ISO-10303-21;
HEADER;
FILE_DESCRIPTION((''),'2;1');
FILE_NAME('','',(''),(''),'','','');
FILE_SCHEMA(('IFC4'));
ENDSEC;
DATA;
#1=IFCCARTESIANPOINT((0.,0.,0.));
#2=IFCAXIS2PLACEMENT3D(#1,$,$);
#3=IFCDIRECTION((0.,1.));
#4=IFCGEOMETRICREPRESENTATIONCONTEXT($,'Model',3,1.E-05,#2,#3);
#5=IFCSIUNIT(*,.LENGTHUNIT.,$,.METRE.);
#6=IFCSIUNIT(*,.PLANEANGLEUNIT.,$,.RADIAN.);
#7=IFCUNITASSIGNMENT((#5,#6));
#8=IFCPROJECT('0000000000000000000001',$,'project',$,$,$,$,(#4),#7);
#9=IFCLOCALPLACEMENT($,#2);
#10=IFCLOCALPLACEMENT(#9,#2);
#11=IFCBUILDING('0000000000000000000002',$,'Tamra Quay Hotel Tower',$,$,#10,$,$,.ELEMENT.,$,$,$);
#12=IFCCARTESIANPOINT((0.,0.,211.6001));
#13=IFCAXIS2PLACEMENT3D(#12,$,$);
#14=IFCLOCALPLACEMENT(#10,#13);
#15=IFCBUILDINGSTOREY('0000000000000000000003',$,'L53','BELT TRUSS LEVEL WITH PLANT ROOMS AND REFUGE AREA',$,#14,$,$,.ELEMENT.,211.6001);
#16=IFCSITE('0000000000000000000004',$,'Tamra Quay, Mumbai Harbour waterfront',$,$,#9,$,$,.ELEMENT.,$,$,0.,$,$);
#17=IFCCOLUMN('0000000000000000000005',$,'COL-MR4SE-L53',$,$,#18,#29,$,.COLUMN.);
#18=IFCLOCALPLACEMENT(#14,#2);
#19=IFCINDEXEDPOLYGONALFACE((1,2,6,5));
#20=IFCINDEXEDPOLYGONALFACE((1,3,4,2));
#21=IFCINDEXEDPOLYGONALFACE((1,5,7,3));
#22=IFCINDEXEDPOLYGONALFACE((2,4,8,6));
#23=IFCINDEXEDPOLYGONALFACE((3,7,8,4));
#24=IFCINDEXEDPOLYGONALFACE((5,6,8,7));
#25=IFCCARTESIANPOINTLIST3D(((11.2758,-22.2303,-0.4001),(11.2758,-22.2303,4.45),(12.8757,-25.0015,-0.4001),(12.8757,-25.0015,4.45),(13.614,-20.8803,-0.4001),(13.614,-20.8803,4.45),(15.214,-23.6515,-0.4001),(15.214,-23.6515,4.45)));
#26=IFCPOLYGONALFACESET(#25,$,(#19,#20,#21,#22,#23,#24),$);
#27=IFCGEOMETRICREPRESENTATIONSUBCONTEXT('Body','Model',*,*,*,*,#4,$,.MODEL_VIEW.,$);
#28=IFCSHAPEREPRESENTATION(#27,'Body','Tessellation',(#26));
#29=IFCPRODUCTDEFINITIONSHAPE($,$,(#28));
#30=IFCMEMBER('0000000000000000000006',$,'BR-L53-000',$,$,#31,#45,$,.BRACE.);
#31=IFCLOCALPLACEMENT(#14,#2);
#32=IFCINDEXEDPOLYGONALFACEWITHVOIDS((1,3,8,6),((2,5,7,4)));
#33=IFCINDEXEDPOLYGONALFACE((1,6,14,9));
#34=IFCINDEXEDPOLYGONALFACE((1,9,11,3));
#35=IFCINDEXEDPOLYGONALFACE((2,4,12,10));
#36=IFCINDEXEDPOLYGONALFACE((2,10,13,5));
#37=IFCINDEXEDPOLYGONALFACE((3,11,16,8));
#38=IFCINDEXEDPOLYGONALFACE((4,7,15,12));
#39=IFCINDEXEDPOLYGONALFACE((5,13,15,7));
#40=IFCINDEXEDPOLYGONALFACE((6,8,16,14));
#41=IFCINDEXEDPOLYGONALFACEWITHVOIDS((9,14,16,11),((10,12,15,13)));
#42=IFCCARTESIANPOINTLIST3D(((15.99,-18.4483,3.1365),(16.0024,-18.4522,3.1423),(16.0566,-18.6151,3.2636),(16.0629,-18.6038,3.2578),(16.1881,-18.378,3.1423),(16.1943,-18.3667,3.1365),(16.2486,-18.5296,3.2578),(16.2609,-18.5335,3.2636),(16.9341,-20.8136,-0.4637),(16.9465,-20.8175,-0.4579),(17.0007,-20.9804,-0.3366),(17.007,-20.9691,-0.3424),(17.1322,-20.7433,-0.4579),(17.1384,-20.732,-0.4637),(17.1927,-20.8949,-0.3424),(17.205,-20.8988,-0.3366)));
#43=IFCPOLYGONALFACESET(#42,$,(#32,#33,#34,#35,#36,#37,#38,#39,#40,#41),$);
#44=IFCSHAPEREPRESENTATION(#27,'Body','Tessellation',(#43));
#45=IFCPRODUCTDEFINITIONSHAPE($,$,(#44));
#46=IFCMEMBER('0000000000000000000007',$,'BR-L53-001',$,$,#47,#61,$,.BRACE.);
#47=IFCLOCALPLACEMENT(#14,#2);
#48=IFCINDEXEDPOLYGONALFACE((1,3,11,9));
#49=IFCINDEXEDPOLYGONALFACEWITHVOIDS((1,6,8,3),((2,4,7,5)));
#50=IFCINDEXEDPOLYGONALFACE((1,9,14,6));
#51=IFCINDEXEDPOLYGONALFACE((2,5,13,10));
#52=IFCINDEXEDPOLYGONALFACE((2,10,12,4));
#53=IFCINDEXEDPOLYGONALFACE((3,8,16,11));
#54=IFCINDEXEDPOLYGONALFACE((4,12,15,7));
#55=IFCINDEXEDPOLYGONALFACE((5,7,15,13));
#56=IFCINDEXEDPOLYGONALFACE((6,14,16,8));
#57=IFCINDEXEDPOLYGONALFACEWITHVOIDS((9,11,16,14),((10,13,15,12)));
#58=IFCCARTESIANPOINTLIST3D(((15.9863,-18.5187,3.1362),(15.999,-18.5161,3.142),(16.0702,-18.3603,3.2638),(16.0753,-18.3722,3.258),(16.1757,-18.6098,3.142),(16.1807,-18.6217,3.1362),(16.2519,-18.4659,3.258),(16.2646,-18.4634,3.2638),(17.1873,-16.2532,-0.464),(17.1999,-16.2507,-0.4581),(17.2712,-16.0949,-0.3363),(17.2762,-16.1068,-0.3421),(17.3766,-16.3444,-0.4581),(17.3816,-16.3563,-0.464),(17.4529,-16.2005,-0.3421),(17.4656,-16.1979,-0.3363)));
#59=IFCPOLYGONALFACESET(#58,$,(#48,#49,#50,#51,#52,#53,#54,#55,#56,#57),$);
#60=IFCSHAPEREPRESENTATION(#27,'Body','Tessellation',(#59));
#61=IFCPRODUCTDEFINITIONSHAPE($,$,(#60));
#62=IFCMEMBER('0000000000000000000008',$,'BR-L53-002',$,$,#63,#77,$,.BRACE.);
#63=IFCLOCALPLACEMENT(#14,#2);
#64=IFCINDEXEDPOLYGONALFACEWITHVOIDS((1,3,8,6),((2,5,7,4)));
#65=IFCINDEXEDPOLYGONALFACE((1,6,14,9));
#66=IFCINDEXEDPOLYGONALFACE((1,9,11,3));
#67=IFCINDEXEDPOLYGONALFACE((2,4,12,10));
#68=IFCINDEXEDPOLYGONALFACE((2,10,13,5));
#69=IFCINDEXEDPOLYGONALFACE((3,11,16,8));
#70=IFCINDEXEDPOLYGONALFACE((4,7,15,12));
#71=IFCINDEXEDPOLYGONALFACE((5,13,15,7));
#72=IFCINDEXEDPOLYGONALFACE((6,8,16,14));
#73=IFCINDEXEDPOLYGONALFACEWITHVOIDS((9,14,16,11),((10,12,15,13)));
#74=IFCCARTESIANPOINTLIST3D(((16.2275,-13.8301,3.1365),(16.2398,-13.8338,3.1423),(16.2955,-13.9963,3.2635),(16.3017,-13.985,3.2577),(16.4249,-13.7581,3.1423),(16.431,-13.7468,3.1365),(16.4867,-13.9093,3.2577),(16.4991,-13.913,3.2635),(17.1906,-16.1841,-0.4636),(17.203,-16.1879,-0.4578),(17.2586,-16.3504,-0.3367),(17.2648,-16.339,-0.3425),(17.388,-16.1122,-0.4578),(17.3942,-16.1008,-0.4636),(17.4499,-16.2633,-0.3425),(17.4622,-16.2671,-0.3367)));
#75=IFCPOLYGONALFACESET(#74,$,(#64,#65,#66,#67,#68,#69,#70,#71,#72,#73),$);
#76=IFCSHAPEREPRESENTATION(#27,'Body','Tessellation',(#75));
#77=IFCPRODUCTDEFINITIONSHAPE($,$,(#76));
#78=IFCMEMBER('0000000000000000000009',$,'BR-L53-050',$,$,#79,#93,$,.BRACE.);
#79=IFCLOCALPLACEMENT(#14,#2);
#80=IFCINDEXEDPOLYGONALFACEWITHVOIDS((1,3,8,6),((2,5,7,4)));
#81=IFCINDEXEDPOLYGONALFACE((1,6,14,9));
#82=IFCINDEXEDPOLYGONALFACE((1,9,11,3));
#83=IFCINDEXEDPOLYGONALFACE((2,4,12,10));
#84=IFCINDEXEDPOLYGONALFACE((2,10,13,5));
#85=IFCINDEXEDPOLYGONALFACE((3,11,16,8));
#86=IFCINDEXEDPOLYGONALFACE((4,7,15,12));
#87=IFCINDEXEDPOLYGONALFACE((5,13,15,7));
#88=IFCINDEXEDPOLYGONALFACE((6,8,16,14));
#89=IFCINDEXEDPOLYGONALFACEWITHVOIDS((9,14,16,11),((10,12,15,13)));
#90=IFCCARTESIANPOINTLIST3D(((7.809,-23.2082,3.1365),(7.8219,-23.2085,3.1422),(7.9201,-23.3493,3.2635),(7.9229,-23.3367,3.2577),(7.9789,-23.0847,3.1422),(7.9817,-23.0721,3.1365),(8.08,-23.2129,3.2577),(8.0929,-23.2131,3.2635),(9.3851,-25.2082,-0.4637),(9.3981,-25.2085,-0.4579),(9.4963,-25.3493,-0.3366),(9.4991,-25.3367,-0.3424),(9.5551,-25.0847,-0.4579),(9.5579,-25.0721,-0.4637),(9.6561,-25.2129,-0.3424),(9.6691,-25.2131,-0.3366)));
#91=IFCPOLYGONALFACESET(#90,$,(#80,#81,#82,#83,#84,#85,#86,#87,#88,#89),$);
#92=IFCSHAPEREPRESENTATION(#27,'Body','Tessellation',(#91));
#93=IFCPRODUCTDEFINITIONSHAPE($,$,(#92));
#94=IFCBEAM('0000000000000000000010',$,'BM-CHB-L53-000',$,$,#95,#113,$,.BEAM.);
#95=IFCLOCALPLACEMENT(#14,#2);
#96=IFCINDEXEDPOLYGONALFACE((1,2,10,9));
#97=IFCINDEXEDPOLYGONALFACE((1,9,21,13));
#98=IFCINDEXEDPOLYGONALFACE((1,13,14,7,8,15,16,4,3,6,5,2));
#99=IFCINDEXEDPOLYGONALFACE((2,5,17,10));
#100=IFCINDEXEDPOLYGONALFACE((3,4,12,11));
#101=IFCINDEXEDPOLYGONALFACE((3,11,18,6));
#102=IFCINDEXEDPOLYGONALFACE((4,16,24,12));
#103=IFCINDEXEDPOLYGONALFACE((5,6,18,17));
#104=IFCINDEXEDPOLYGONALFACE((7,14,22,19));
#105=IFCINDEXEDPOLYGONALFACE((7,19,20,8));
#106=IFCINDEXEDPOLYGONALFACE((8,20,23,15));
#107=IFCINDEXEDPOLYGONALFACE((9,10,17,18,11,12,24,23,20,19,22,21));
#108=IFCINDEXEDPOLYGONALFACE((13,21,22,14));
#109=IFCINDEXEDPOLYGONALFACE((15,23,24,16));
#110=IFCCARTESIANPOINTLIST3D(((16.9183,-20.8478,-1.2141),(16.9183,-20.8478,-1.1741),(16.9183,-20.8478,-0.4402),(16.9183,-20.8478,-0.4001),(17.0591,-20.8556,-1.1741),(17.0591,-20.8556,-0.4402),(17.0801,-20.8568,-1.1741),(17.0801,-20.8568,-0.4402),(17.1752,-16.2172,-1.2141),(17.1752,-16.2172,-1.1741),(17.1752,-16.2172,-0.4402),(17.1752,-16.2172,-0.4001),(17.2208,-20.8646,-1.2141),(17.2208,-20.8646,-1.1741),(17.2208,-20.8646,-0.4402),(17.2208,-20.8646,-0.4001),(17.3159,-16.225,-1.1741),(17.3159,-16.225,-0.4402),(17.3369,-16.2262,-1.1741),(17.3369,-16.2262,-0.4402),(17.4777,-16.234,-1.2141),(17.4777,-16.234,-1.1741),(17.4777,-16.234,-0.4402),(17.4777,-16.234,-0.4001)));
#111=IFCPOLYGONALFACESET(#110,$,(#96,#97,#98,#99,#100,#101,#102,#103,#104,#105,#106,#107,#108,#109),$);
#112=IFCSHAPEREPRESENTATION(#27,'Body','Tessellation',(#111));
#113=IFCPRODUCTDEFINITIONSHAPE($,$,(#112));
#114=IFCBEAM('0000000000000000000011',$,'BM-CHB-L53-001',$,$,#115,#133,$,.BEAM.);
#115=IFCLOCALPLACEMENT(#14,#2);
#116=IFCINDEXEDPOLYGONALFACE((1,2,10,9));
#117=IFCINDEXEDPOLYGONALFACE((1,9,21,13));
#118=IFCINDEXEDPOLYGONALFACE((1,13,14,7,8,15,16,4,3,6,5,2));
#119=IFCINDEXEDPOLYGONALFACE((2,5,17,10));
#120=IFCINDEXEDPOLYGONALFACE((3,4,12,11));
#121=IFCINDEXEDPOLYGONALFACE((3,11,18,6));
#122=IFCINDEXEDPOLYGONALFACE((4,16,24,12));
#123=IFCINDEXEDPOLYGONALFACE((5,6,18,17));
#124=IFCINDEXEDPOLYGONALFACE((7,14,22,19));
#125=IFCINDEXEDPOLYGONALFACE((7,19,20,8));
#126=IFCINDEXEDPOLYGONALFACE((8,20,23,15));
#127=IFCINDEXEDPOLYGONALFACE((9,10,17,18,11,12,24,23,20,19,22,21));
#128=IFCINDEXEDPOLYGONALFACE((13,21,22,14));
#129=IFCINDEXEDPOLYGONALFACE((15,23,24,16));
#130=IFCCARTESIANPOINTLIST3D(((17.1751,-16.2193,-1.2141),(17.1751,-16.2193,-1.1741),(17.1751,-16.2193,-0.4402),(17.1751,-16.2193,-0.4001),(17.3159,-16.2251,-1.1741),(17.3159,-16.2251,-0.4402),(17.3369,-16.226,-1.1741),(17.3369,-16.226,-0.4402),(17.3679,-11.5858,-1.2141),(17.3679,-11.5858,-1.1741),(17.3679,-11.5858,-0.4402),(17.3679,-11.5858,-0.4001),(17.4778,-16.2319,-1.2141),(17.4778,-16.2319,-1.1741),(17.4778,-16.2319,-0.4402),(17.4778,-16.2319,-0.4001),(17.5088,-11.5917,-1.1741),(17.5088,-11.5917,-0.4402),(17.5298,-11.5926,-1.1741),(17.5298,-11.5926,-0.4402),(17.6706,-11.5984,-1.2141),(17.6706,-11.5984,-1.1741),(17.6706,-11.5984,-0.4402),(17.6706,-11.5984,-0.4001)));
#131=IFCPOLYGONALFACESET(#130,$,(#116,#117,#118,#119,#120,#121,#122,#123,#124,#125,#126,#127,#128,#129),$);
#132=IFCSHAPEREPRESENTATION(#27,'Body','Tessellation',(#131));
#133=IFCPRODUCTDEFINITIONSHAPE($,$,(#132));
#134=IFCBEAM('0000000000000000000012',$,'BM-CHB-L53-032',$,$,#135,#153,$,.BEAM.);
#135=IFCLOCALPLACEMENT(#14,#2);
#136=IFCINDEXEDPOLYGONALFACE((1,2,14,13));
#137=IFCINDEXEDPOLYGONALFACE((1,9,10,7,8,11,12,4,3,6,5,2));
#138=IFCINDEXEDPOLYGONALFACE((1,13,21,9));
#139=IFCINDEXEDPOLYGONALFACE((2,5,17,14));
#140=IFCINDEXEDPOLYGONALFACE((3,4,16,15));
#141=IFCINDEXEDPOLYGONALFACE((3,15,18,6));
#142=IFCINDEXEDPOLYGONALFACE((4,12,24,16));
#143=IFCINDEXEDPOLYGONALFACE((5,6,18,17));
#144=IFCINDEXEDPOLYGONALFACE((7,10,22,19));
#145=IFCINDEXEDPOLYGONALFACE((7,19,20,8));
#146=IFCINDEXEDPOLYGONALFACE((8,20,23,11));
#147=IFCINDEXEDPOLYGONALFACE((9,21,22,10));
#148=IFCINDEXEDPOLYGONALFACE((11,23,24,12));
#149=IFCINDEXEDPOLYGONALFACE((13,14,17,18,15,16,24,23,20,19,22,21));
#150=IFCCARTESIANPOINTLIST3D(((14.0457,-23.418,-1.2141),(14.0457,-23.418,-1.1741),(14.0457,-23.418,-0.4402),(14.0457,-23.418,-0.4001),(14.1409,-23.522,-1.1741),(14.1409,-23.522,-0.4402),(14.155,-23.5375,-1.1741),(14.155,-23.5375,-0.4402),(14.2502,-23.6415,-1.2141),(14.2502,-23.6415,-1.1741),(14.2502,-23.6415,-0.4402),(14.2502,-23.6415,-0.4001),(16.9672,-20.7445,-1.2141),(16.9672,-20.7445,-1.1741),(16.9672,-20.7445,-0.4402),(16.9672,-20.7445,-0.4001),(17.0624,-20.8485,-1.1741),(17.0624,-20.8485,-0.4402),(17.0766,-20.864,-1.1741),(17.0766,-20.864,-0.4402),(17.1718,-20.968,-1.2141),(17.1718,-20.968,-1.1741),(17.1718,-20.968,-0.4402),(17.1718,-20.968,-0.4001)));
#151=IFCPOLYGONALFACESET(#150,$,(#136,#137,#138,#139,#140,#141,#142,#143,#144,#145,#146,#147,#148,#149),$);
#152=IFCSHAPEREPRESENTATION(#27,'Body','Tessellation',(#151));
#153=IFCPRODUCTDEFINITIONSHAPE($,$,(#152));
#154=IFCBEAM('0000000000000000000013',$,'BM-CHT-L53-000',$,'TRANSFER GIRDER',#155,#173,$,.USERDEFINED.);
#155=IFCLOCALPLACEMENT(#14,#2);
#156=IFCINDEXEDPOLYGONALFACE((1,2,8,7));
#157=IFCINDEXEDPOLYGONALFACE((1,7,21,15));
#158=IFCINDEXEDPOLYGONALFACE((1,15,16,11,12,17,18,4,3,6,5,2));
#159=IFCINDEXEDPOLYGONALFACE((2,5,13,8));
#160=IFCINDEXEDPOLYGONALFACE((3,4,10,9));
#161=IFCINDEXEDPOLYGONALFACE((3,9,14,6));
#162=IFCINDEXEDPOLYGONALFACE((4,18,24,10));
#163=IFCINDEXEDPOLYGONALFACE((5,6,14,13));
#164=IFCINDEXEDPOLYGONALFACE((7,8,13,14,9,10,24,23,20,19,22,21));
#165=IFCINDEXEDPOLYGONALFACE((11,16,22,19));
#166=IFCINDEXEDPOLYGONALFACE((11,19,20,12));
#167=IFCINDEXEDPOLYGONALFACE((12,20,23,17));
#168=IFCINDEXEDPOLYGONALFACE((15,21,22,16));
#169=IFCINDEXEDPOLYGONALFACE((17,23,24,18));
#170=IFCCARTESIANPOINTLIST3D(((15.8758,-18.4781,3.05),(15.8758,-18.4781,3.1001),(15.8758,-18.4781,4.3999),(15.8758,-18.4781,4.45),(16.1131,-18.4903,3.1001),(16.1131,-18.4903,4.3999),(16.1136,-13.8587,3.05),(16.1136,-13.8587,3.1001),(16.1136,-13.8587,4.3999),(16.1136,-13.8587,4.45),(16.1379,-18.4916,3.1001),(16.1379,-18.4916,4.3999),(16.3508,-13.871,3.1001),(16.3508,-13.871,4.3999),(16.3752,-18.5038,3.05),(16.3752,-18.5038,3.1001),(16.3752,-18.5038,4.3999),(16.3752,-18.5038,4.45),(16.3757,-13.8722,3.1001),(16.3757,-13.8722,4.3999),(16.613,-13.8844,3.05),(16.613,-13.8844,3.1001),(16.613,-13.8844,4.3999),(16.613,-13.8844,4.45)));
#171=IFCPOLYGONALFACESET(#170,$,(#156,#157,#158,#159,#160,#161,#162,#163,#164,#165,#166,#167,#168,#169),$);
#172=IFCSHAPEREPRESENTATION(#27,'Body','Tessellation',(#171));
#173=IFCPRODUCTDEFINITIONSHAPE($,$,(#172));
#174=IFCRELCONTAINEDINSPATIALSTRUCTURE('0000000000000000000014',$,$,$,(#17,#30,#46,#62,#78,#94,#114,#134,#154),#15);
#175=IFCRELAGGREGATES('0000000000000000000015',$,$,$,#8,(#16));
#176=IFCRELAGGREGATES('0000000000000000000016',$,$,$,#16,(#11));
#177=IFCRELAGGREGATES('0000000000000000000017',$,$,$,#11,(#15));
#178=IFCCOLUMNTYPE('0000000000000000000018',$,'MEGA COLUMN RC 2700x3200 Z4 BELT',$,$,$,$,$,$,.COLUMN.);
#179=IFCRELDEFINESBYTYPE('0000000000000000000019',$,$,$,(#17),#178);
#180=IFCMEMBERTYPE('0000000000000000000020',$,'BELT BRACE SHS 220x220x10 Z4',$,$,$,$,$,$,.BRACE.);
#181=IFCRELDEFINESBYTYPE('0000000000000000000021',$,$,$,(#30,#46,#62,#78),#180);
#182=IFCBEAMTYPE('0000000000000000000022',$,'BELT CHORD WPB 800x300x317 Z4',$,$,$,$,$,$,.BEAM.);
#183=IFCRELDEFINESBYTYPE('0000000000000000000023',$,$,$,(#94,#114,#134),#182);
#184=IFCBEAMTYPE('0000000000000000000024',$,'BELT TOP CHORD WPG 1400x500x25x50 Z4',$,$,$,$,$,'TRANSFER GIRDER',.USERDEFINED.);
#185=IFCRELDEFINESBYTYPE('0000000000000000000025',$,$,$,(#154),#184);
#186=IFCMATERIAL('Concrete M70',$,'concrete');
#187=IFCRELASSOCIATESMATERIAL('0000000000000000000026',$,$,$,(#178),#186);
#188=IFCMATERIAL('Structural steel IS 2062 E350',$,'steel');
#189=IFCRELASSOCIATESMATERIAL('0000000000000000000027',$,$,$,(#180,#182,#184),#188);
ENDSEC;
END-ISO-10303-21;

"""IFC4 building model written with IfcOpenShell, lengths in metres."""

from ifc_helpers import new_model, si_unit, direction, frame, origin, origin_2d, place, context, subcontext, project, spatial, rectangle, hollow_rectangle, i_section, extrude, material, material_profile, profile_set, type_object, element, save


model = new_model("IFC4")

# Units and contexts
model_context = context("Model", 3, precision=1e-05, world=origin(), true_north=direction((0.0, 1.0)))
body_context = subcontext(model_context, "Body", "Model", "MODEL_VIEW")
ifc_project = project(units=[si_unit("LENGTHUNIT", "METRE"), si_unit("PLANEANGLEUNIT", "RADIAN")], contexts=[model_context])

# Site, building, storey
site_placement = place(None, origin())
site = spatial("IfcSite", under=ifc_project, at=site_placement, Name="Tamra Quay, Mumbai Harbour waterfront", CompositionType="ELEMENT", RefElevation=0.0)
building_placement = place(site_placement, origin())
building = spatial("IfcBuilding", under=site, at=building_placement, Name="Tamra Quay Hotel Tower", CompositionType="ELEMENT")
storey_placement = place(building_placement, frame((0.0, 0.0, 211.6001)))
storey = spatial("IfcBuildingStorey", under=building, at=storey_placement, Name="L53", Description="BELT TRUSS LEVEL WITH PLANT ROOMS AND REFUGE AREA", CompositionType="ELEMENT", Elevation=211.6001)

# Column
ifc_material_1 = material(Name="Concrete M70", Category="concrete")
ifc_material_profile_1 = material_profile(ifc_material_1, rectangle(XDim=3.2, YDim=2.7, at=origin_2d()), Name="MEGA COLUMN RC 2700x3200 Z4 BELT")
ifc_profile_set_1 = profile_set([ifc_material_profile_1], Name="Concrete M70")
column_type = type_object("IfcColumnType", Name="MEGA COLUMN RC 2700x3200 Z4 BELT", PredefinedType="COLUMN", material=ifc_profile_set_1)
column_placement = place(storey_placement, frame((13.2449, -22.9409, -0.4001), z_axis=(0.0, 0.0, 1.0), x_axis=(-0.5, 0.866025, 0.0)))
element("IfcColumn", 1, at=column_placement, inside=storey, type_object=column_type, Name="COL-MR4SE-L53", PredefinedType="COLUMN", context=body_context, shape_type="SweptSolid", body=[
    extrude(rectangle(XDim=3.2, YDim=2.7, at=origin_2d()), origin(), (0.0, 0.0, 1.0), 4.8501),
])

# Members
ifc_material_2 = material(Name="Structural steel IS 2062 E350", Category="steel")
ifc_material_profile_2 = material_profile(ifc_material_2, hollow_rectangle(XDim=0.22, YDim=0.22, WallThickness=0.01, at=origin_2d()), Name="SHS 220x220x10")
ifc_profile_set_2 = profile_set([ifc_material_profile_2], Name="Structural steel IS 2062 E350")
member_type_1 = type_object("IfcMemberType", Name="BELT BRACE SHS 220x220x10 Z4", PredefinedType="BRACE", material=ifc_profile_set_2)
member_1_placement = place(storey_placement, frame((17.0696, -20.8562, -0.4001), z_axis=(-0.214089, 0.536359, 0.816385), x_axis=(-0.928748, -0.370713, 0.0)))
element("IfcMember", 2, at=member_1_placement, inside=storey, type_object=member_type_1, Name="BR-L53-000", PredefinedType="BRACE", context=body_context, shape_type="SweptSolid", body=[
    extrude(hollow_rectangle(XDim=0.22, YDim=0.22, WallThickness=0.01, at=origin_2d()), origin(), (0.0, 0.0, 1.0), 4.4099),
])
member_2_placement = place(storey_placement, frame((17.3264, -16.2256, -0.4001), z_axis=(-0.271714, -0.51255, 0.814533), x_axis=(0.883528, -0.468378, 0.0)))
element("IfcMember", 3, at=member_2_placement, inside=storey, type_object=member_type_1, Name="BR-L53-001", PredefinedType="BRACE", context=body_context, shape_type="SweptSolid", body=[
    extrude(hollow_rectangle(XDim=0.22, YDim=0.22, WallThickness=0.01, at=origin_2d()), origin(), (0.0, 0.0, 1.0), 4.4199),
])
member_3_placement = place(storey_placement, frame((17.3264, -16.2256, -0.4001), z_axis=(-0.218501, 0.534041, 0.816736), x_axis=(-0.925529, -0.378678, 0.0)))
element("IfcMember", 4, at=member_3_placement, inside=storey, type_object=member_type_1, Name="BR-L53-002", PredefinedType="BRACE", context=body_context, shape_type="SweptSolid", body=[
    extrude(hollow_rectangle(XDim=0.22, YDim=0.22, WallThickness=0.01, at=origin_2d()), origin(), (0.0, 0.0, 1.0), 4.408),
])
member_4_placement = place(storey_placement, frame((9.5271, -25.2107, -0.4001), z_axis=(-0.357437, 0.453551, 0.816413), x_axis=(-0.785413, -0.618973, 0.0)))
element("IfcMember", 5, at=member_4_placement, inside=storey, type_object=member_type_1, Name="BR-L53-050", PredefinedType="BRACE", context=body_context, shape_type="SweptSolid", body=[
    extrude(hollow_rectangle(XDim=0.22, YDim=0.22, WallThickness=0.01, at=origin_2d()), origin(), (0.0, 0.0, 1.0), 4.4097),
])

# Beams
ifc_material_profile_3 = material_profile(ifc_material_2, i_section(OverallWidth=0.303, OverallDepth=0.814, WebThickness=0.021, FlangeThickness=0.04, at=origin_2d()), Name="WPB 800x300x317")
ifc_profile_set_3 = profile_set([ifc_material_profile_3], Name="Structural steel IS 2062 E350")
beam_type_1 = type_object("IfcBeamType", Name="BELT CHORD WPB 800x300x317 Z4", PredefinedType="BEAM", material=ifc_profile_set_3)
beam_1_placement = place(storey_placement, frame((17.0696, -20.8562, -0.8071), z_axis=(0.05538, 0.998465, 0.0), x_axis=(-0.998465, 0.05538, 0.0)))
element("IfcBeam", 6, at=beam_1_placement, inside=storey, type_object=beam_type_1, Name="BM-CHB-L53-000", PredefinedType="BEAM", context=body_context, shape_type="SweptSolid", body=[
    extrude(i_section(OverallWidth=0.303, OverallDepth=0.814, WebThickness=0.021, FlangeThickness=0.04, at=origin_2d()), origin(), (0.0, 0.0, 1.0), 4.6377),
])
beam_2_placement = place(storey_placement, frame((17.3264, -16.2256, -0.8071), z_axis=(0.041589, 0.999135, 0.0), x_axis=(-0.999135, 0.041589, 0.0)))
element("IfcBeam", 7, at=beam_2_placement, inside=storey, type_object=beam_type_1, Name="BM-CHB-L53-001", PredefinedType="BEAM", context=body_context, shape_type="SweptSolid", body=[
    extrude(i_section(OverallWidth=0.303, OverallDepth=0.814, WebThickness=0.021, FlangeThickness=0.04, at=origin_2d()), origin(), (0.0, 0.0, 1.0), 4.6375),
])
beam_3_placement = place(storey_placement, frame((14.1479, -23.5298, -0.8071), z_axis=(0.73773, 0.675096, 0.0), x_axis=(-0.675096, 0.73773, 0.0)))
element("IfcBeam", 8, at=beam_3_placement, inside=storey, type_object=beam_type_1, Name="BM-CHB-L53-032", PredefinedType="BEAM", context=body_context, shape_type="SweptSolid", body=[
    extrude(i_section(OverallWidth=0.303, OverallDepth=0.814, WebThickness=0.021, FlangeThickness=0.04, at=origin_2d()), origin(), (0.0, 0.0, 1.0), 3.9602),
])
ifc_material_profile_4 = material_profile(ifc_material_2, i_section(OverallWidth=0.5, OverallDepth=1.3999, WebThickness=0.0249, FlangeThickness=0.05, at=origin_2d()), Name="WPG 1400x500x25x50")
ifc_profile_set_4 = profile_set([ifc_material_profile_4], Name="Structural steel IS 2062 E350")
beam_type_2 = type_object("IfcBeamType", Name="BELT TOP CHORD WPG 1400x500x25x50 Z4", ElementType="TRANSFER GIRDER", PredefinedType="USERDEFINED", material=ifc_profile_set_4)
beam_4_placement = place(storey_placement, frame((16.1255, -18.491, 3.75), z_axis=(0.051409, 0.998678, 0.0), x_axis=(-0.998678, 0.051409, 0.0)))
element("IfcBeam", 9, at=beam_4_placement, inside=storey, type_object=beam_type_2, Name="BM-CHT-L53-000", ObjectType="TRANSFER GIRDER", PredefinedType="USERDEFINED", context=body_context, shape_type="SweptSolid", body=[
    extrude(i_section(OverallWidth=0.5, OverallDepth=1.3999, WebThickness=0.0249, FlangeThickness=0.05, at=origin_2d()), origin(), (0.0, 0.0, 1.0), 4.6255),
])

save(model, "model.ifc")
